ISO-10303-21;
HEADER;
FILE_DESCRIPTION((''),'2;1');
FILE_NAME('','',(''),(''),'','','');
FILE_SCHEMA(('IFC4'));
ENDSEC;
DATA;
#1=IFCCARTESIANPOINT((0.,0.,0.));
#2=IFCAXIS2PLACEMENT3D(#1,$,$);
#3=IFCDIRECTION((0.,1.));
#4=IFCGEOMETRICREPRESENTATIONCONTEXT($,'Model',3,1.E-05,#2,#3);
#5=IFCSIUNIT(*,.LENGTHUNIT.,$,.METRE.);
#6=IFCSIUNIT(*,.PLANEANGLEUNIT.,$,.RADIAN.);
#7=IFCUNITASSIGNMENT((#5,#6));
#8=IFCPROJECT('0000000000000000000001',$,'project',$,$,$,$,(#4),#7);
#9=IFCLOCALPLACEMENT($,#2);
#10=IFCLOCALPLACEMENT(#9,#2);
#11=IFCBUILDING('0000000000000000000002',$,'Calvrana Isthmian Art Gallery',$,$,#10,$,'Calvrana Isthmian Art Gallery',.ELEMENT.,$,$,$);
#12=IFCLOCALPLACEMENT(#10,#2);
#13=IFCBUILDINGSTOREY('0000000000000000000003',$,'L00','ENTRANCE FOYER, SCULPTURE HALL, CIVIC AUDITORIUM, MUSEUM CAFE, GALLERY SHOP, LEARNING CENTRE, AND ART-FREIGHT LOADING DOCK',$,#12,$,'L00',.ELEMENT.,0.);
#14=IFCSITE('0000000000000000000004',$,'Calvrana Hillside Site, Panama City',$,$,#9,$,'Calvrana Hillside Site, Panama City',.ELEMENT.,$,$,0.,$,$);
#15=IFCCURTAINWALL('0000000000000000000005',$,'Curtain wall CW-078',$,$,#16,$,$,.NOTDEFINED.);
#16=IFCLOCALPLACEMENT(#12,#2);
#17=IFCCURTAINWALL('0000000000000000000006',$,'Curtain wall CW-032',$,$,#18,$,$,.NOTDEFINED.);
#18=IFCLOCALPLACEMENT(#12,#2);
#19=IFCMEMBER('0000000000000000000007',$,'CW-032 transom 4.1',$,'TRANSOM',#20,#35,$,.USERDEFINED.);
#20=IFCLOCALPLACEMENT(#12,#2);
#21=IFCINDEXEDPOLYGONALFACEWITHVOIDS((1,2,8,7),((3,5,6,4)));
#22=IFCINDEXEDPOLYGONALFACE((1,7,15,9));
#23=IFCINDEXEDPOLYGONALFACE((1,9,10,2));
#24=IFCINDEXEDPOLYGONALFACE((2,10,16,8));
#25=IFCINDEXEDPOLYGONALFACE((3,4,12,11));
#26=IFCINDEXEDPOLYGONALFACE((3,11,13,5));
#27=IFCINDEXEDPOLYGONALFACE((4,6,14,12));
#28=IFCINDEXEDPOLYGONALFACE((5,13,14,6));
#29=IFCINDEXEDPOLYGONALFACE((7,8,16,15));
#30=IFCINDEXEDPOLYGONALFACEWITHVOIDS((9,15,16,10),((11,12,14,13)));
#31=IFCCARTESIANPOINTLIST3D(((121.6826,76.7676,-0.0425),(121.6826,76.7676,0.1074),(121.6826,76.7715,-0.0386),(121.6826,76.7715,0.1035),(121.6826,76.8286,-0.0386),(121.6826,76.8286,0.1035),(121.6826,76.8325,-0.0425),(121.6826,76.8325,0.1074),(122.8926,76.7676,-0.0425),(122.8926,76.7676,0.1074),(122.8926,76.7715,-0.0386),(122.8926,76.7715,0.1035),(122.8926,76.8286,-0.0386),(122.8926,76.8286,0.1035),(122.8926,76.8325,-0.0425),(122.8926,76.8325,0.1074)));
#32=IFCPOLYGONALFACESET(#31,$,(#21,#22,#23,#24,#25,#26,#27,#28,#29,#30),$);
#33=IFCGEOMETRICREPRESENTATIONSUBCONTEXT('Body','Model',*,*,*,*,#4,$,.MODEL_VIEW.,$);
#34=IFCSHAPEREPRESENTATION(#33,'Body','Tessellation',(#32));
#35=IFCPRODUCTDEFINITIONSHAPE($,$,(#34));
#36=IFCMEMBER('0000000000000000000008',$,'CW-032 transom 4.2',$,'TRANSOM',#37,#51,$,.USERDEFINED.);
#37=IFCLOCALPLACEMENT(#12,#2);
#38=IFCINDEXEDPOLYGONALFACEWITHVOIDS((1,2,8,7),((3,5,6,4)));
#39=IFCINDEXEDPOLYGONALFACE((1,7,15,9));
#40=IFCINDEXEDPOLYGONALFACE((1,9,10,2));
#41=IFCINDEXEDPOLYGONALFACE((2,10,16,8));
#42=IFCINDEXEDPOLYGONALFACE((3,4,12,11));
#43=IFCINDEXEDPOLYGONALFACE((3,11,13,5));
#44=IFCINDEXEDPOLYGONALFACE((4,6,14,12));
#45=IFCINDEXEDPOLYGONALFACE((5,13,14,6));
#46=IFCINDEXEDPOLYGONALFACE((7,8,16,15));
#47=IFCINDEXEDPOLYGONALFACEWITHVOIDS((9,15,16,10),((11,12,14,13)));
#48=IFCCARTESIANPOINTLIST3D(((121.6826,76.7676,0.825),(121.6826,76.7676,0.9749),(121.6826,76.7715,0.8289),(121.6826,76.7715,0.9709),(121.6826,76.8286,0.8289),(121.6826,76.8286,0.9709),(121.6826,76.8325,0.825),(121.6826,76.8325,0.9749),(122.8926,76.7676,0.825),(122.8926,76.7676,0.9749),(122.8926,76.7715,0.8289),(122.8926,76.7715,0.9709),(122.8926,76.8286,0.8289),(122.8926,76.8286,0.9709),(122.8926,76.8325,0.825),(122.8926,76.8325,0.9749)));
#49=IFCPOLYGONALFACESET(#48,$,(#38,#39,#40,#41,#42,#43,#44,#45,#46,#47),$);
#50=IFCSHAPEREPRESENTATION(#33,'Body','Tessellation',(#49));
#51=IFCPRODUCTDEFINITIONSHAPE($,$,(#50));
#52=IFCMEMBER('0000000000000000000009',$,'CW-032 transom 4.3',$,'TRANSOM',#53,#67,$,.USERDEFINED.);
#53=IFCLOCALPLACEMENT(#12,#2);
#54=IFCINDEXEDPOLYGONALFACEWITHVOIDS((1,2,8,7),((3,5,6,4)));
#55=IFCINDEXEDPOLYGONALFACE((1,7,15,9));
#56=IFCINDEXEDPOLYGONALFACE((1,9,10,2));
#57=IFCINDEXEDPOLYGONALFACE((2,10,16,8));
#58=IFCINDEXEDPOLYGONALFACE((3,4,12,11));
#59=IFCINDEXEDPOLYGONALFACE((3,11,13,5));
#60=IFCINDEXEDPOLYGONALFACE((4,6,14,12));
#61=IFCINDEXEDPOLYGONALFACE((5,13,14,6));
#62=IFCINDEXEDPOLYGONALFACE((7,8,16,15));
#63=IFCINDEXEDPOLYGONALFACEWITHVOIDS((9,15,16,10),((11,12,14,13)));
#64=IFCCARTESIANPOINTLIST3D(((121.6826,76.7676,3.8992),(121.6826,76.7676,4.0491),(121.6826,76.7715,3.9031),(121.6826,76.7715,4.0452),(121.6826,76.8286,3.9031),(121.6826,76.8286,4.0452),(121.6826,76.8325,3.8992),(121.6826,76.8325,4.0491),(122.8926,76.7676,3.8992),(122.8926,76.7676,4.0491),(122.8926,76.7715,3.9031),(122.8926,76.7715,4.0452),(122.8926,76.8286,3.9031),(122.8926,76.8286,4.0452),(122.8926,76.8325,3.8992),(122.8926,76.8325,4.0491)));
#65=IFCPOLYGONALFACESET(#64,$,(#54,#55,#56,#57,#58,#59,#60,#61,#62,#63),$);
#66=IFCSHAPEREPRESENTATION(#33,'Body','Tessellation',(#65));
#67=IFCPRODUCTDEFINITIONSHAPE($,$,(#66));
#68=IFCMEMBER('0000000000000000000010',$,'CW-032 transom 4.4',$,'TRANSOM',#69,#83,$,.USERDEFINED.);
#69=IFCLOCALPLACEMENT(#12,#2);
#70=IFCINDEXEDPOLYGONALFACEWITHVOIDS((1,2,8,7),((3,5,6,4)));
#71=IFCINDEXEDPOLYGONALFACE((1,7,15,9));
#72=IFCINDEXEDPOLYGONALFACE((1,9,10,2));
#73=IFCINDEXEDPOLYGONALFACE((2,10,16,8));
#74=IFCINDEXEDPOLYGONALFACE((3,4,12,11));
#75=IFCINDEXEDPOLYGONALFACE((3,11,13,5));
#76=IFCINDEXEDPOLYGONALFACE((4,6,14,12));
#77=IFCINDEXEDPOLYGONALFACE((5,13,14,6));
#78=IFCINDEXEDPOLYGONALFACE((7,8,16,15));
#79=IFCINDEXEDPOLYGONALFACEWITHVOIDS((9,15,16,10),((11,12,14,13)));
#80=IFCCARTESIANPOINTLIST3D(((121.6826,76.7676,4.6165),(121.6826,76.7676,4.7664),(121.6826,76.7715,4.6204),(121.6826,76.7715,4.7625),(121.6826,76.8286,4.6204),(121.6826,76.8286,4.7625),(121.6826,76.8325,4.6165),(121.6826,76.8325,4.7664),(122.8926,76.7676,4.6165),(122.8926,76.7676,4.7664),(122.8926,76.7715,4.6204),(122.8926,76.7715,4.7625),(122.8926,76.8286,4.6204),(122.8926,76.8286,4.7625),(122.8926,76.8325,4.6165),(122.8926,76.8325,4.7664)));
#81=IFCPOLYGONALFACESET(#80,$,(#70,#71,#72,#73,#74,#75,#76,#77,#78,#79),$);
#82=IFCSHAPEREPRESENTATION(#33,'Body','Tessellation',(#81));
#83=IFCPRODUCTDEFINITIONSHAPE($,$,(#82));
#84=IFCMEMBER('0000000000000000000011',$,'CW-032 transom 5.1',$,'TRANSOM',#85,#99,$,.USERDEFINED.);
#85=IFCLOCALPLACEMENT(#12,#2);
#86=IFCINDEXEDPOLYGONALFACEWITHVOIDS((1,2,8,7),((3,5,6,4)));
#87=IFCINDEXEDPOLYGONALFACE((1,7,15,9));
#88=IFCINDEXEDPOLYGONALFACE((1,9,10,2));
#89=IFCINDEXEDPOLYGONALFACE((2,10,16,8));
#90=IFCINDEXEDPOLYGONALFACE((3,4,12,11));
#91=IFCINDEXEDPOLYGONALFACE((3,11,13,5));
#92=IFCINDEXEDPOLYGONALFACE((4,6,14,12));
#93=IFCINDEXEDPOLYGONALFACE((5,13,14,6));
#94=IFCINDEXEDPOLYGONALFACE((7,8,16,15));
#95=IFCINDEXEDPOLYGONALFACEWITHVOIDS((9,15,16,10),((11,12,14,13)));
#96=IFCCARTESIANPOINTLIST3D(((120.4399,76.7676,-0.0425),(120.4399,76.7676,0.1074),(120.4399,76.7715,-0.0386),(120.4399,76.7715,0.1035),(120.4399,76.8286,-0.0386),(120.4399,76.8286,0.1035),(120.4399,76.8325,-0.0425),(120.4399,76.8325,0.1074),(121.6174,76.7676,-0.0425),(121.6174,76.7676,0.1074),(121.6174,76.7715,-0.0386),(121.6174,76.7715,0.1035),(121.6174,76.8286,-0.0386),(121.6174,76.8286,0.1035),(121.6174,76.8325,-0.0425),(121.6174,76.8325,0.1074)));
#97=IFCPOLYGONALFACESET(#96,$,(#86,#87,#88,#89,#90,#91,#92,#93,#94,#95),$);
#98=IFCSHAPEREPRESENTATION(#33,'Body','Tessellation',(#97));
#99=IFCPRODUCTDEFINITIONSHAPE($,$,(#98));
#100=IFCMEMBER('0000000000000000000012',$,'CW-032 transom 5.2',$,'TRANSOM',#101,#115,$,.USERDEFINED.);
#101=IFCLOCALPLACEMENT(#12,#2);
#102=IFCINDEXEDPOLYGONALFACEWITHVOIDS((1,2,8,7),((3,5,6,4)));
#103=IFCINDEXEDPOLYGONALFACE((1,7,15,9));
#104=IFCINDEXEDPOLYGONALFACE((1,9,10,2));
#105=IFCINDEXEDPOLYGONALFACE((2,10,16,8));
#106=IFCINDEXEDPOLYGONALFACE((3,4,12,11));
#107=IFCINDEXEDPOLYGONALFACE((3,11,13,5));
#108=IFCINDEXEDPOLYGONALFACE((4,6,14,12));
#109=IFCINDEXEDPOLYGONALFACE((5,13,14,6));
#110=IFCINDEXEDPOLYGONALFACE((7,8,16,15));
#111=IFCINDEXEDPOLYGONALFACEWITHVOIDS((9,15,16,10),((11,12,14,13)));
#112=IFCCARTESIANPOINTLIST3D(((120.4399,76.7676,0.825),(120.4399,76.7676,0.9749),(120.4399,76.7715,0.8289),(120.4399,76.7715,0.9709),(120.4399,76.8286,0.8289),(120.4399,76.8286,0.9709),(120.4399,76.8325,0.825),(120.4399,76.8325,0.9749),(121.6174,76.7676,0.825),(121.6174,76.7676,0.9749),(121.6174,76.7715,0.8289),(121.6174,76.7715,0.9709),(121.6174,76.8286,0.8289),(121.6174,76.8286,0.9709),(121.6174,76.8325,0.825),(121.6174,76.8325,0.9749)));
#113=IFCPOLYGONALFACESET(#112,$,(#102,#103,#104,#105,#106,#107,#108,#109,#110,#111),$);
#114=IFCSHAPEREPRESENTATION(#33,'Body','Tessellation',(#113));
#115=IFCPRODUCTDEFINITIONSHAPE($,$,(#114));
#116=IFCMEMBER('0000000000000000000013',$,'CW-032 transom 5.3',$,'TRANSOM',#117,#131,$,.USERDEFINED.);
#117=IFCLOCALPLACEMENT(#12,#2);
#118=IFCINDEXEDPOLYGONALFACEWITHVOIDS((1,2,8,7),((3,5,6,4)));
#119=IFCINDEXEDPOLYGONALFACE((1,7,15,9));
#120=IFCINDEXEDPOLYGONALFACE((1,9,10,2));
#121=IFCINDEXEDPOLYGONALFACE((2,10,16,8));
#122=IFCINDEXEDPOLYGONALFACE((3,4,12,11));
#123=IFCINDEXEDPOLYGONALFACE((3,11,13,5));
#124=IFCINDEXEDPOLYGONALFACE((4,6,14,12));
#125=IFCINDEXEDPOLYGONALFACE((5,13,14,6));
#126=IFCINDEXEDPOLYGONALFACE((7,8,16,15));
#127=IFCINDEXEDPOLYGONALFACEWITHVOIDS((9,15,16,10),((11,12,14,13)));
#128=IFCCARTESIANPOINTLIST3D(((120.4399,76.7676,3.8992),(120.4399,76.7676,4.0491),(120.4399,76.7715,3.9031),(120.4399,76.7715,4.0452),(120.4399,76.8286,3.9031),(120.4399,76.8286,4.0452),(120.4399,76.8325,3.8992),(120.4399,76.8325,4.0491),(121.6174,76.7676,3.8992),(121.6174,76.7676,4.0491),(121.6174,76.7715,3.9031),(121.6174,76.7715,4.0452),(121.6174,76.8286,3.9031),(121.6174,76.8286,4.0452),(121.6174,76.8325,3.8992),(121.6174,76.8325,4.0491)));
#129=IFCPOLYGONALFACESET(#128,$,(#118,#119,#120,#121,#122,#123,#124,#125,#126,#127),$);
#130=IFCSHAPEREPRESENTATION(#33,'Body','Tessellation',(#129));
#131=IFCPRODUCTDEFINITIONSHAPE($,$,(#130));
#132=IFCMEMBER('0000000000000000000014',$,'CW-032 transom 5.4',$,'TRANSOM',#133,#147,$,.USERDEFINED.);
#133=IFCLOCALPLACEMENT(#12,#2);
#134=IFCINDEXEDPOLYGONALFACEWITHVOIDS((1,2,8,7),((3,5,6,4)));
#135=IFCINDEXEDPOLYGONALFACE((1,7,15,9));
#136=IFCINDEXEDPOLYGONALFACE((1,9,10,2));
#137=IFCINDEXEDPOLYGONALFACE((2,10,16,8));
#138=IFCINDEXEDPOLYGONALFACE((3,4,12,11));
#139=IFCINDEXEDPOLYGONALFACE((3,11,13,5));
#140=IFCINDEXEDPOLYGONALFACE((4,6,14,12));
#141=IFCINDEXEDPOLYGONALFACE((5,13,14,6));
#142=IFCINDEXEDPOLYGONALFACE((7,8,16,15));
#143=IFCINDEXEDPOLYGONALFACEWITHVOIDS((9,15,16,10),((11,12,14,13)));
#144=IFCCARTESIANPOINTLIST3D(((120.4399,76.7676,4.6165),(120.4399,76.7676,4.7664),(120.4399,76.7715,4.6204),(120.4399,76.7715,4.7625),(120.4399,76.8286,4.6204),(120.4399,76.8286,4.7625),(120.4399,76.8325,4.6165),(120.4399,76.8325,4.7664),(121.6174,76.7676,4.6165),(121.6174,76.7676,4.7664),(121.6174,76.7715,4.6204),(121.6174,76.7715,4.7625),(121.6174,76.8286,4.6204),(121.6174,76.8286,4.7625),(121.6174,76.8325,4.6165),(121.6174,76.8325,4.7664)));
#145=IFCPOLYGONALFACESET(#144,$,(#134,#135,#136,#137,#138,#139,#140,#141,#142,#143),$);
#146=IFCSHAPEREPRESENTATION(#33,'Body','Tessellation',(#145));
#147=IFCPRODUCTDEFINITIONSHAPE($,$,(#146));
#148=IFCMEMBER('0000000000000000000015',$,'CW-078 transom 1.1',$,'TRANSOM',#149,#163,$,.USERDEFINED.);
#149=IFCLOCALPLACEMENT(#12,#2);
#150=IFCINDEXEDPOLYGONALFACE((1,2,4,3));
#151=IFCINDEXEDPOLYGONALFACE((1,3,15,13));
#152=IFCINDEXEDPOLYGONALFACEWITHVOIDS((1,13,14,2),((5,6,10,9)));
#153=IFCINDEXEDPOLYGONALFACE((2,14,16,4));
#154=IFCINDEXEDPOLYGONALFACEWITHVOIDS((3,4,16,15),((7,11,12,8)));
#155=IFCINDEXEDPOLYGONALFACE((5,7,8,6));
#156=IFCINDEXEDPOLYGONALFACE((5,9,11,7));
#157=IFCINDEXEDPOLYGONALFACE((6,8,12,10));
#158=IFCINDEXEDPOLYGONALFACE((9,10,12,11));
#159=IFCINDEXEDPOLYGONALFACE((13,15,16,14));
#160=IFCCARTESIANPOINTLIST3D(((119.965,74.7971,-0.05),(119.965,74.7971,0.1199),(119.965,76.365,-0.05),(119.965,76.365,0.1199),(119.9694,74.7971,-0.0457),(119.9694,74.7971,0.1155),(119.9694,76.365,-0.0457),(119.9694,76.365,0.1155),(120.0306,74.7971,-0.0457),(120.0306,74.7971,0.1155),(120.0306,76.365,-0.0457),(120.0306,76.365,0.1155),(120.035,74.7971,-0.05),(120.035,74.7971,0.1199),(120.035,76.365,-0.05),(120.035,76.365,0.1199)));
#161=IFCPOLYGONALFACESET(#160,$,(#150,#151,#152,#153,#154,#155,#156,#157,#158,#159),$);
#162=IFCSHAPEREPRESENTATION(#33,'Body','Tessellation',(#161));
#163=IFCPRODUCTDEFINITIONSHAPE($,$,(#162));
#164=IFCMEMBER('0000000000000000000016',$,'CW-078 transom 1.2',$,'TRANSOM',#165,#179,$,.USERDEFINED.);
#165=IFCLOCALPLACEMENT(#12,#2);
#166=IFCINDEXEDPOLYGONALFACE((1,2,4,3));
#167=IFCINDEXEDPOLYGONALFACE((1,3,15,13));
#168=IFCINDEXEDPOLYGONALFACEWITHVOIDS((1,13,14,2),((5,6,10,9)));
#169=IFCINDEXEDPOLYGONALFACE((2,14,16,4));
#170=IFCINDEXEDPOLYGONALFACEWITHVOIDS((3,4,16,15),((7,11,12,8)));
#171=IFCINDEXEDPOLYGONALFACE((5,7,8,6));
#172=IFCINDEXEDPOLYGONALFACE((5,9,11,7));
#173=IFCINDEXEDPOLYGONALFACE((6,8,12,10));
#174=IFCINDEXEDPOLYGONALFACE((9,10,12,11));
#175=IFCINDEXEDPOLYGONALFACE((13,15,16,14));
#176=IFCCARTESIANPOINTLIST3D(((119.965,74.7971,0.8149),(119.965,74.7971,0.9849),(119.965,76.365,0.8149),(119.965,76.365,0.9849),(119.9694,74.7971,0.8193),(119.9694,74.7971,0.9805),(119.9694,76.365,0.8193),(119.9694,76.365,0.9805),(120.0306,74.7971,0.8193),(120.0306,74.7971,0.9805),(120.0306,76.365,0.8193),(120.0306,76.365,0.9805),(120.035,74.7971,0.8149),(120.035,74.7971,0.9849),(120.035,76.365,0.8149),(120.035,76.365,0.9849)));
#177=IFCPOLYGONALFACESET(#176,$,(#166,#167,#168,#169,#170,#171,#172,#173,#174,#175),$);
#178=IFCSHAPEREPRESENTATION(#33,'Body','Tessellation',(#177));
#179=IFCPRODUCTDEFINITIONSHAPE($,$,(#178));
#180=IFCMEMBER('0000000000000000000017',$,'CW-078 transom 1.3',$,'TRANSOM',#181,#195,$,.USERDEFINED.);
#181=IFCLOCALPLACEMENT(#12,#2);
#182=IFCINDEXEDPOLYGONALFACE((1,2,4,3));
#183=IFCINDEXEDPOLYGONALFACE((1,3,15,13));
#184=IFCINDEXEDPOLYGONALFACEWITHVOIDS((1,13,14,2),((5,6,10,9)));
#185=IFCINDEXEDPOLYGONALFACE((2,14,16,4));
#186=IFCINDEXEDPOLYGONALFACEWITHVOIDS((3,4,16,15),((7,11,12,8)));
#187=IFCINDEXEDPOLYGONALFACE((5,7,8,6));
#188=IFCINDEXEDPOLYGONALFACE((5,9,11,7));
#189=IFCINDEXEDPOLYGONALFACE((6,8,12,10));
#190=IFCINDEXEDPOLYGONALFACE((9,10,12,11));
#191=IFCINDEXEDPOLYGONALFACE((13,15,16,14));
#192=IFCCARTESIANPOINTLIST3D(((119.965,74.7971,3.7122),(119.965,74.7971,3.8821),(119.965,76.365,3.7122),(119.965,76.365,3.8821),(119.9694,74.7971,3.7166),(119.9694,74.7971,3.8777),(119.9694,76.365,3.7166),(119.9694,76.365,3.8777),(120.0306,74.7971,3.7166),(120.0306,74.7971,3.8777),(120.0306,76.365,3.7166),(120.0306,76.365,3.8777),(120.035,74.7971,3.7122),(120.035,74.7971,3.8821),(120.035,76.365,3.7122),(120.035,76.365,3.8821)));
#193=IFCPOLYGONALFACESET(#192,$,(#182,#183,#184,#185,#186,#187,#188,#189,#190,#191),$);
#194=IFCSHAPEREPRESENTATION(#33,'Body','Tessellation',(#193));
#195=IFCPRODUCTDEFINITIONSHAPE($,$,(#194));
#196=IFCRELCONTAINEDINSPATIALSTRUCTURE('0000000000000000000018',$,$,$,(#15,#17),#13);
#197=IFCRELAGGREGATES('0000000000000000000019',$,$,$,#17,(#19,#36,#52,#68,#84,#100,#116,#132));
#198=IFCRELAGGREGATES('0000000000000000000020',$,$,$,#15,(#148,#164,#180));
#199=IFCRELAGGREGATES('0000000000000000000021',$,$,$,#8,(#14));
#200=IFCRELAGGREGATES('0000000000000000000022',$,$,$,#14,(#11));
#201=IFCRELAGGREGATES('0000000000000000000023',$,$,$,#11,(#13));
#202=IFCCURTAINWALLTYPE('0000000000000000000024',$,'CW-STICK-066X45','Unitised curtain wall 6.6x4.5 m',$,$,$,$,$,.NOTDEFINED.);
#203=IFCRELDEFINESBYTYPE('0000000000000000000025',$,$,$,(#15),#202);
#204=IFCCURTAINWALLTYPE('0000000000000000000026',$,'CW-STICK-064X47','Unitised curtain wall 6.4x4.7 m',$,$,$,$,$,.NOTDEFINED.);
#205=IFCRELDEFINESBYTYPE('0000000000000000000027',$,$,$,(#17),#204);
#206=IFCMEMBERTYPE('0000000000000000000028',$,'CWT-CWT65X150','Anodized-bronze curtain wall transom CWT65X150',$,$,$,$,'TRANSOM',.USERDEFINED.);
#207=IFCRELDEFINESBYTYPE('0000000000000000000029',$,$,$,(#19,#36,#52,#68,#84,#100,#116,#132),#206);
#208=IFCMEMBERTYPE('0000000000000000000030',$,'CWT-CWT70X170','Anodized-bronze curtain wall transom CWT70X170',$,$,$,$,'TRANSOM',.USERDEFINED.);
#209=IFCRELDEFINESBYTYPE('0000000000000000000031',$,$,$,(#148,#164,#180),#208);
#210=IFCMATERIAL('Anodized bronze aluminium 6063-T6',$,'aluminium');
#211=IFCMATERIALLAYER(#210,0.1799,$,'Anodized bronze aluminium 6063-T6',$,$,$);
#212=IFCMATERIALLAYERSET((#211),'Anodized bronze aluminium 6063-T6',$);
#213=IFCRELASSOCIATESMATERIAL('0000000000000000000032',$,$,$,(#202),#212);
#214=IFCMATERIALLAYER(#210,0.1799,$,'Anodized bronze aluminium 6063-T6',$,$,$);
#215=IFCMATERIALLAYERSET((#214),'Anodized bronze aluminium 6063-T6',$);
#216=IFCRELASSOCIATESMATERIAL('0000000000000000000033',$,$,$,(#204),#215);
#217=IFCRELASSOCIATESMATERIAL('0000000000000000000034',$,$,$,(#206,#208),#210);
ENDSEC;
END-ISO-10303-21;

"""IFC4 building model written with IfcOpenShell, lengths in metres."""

from ifc_helpers import new_model, si_unit, direction, frame, origin, origin_2d, place, context, subcontext, project, spatial, hollow_rectangle, extrude, material, layer, layer_set, material_profile, profile_set, type_object, element, aggregate, save


model = new_model("IFC4")

# Units and contexts
model_context = context("Model", 3, precision=1e-05, world=origin(), true_north=direction((0.0, 1.0)))
body_context = subcontext(model_context, "Body", "Model", "MODEL_VIEW")
ifc_project = project(units=[si_unit("LENGTHUNIT", "METRE"), si_unit("PLANEANGLEUNIT", "RADIAN")], contexts=[model_context])

# Site, building, storey
site_placement = place(None, origin())
site = spatial("IfcSite", under=ifc_project, at=site_placement, Name="Calvrana Hillside Site, Panama City", LongName="Calvrana Hillside Site, Panama City", CompositionType="ELEMENT", RefElevation=0.0)
building_placement = place(site_placement, origin())
building = spatial("IfcBuilding", under=site, at=building_placement, Name="Calvrana Isthmian Art Gallery", LongName="Calvrana Isthmian Art Gallery", CompositionType="ELEMENT")
storey_placement = place(building_placement, origin())
storey = spatial("IfcBuildingStorey", under=building, at=storey_placement, Name="L00", Description="ENTRANCE FOYER, SCULPTURE HALL, CIVIC AUDITORIUM, MUSEUM CAFE, GALLERY SHOP, LEARNING CENTRE, AND ART-FREIGHT LOADING DOCK", LongName="L00", CompositionType="ELEMENT", Elevation=0.0)

# Curtain walls, members
ifc_material_1 = material(Name="Anodized bronze aluminium 6063-T6", Category="aluminium")
ifc_layer_1 = layer(ifc_material_1, 0.1799, Name="Anodized bronze aluminium 6063-T6")
ifc_layer_set_1 = layer_set([ifc_layer_1], Name="Anodized bronze aluminium 6063-T6")
curtain_wall_type_1 = type_object("IfcCurtainWallType", Name="CW-STICK-066X45", Description="Unitised curtain wall 6.6x4.5 m", PredefinedType="NOTDEFINED", material=ifc_layer_set_1)
curtain_wall_1_placement = place(storey_placement, origin())
curtain_wall_1 = element("IfcCurtainWall", 1, at=curtain_wall_1_placement, inside=storey, type_object=curtain_wall_type_1, Name="Curtain wall CW-078", PredefinedType="NOTDEFINED")
ifc_layer_2 = layer(ifc_material_1, 0.1799, Name="Anodized bronze aluminium 6063-T6")
ifc_layer_set_2 = layer_set([ifc_layer_2], Name="Anodized bronze aluminium 6063-T6")
curtain_wall_type_2 = type_object("IfcCurtainWallType", Name="CW-STICK-064X47", Description="Unitised curtain wall 6.4x4.7 m", PredefinedType="NOTDEFINED", material=ifc_layer_set_2)
curtain_wall_2_placement = place(storey_placement, origin())
curtain_wall_2 = element("IfcCurtainWall", 2, at=curtain_wall_2_placement, inside=storey, type_object=curtain_wall_type_2, Name="Curtain wall CW-032", PredefinedType="NOTDEFINED")
ifc_material_profile_1 = material_profile(ifc_material_1, hollow_rectangle(XDim=0.0649, YDim=0.1499, WallThickness=0.0039, at=origin_2d()), Name="CWT65X150")
ifc_profile_set_1 = profile_set([ifc_material_profile_1], Name="Anodized bronze aluminium 6063-T6")
member_type_1 = type_object("IfcMemberType", Name="CWT-CWT65X150", Description="Anodized-bronze curtain wall transom CWT65X150", ElementType="TRANSOM", PredefinedType="USERDEFINED", material=ifc_profile_set_1)
member_1_placement = place(storey_placement, frame((122.8926, 76.8, 0.0325), z_axis=(-1.0, 0.0, 0.0), x_axis=(0.0, -1.0, 0.0)))
member_1 = element("IfcMember", 3, at=member_1_placement, type_object=member_type_1, Name="CW-032 transom 4.1", ObjectType="TRANSOM", PredefinedType="USERDEFINED", context=body_context, shape_type="SweptSolid", body=[
    extrude(hollow_rectangle(XDim=0.0649, YDim=0.1499, WallThickness=0.0039, at=origin_2d()), origin(), (0.0, 0.0, 1.0), 1.21),
])
member_2_placement = place(storey_placement, frame((122.8926, 76.8, 0.8999), z_axis=(-1.0, 0.0, 0.0), x_axis=(0.0, -1.0, 0.0)))
member_2 = element("IfcMember", 4, at=member_2_placement, type_object=member_type_1, Name="CW-032 transom 4.2", ObjectType="TRANSOM", PredefinedType="USERDEFINED", context=body_context, shape_type="SweptSolid", body=[
    extrude(hollow_rectangle(XDim=0.0649, YDim=0.1499, WallThickness=0.0039, at=origin_2d()), origin(), (0.0, 0.0, 1.0), 1.21),
])
member_3_placement = place(storey_placement, frame((122.8926, 76.8, 3.9741), z_axis=(-1.0, 0.0, 0.0), x_axis=(0.0, -1.0, 0.0)))
member_3 = element("IfcMember", 5, at=member_3_placement, type_object=member_type_1, Name="CW-032 transom 4.3", ObjectType="TRANSOM", PredefinedType="USERDEFINED", context=body_context, shape_type="SweptSolid", body=[
    extrude(hollow_rectangle(XDim=0.0649, YDim=0.1499, WallThickness=0.0039, at=origin_2d()), origin(), (0.0, 0.0, 1.0), 1.21),
])
member_4_placement = place(storey_placement, frame((122.8926, 76.8, 4.6914), z_axis=(-1.0, 0.0, 0.0), x_axis=(0.0, -1.0, 0.0)))
member_4 = element("IfcMember", 6, at=member_4_placement, type_object=member_type_1, Name="CW-032 transom 4.4", ObjectType="TRANSOM", PredefinedType="USERDEFINED", context=body_context, shape_type="SweptSolid", body=[
    extrude(hollow_rectangle(XDim=0.0649, YDim=0.1499, WallThickness=0.0039, at=origin_2d()), origin(), (0.0, 0.0, 1.0), 1.21),
])
member_5_placement = place(storey_placement, frame((121.6174, 76.8, 0.0325), z_axis=(-1.0, 0.0, 0.0), x_axis=(0.0, -1.0, 0.0)))
member_5 = element("IfcMember", 7, at=member_5_placement, type_object=member_type_1, Name="CW-032 transom 5.1", ObjectType="TRANSOM", PredefinedType="USERDEFINED", context=body_context, shape_type="SweptSolid", body=[
    extrude(hollow_rectangle(XDim=0.0649, YDim=0.1499, WallThickness=0.0039, at=origin_2d()), origin(), (0.0, 0.0, 1.0), 1.1775),
])
member_6_placement = place(storey_placement, frame((121.6174, 76.8, 0.8999), z_axis=(-1.0, 0.0, 0.0), x_axis=(0.0, -1.0, 0.0)))
member_6 = element("IfcMember", 8, at=member_6_placement, type_object=member_type_1, Name="CW-032 transom 5.2", ObjectType="TRANSOM", PredefinedType="USERDEFINED", context=body_context, shape_type="SweptSolid", body=[
    extrude(hollow_rectangle(XDim=0.0649, YDim=0.1499, WallThickness=0.0039, at=origin_2d()), origin(), (0.0, 0.0, 1.0), 1.1775),
])
member_7_placement = place(storey_placement, frame((121.6174, 76.8, 3.9741), z_axis=(-1.0, 0.0, 0.0), x_axis=(0.0, -1.0, 0.0)))
member_7 = element("IfcMember", 9, at=member_7_placement, type_object=member_type_1, Name="CW-032 transom 5.3", ObjectType="TRANSOM", PredefinedType="USERDEFINED", context=body_context, shape_type="SweptSolid", body=[
    extrude(hollow_rectangle(XDim=0.0649, YDim=0.1499, WallThickness=0.0039, at=origin_2d()), origin(), (0.0, 0.0, 1.0), 1.1775),
])
member_8_placement = place(storey_placement, frame((121.6174, 76.8, 4.6914), z_axis=(-1.0, 0.0, 0.0), x_axis=(0.0, -1.0, 0.0)))
member_8 = element("IfcMember", 10, at=member_8_placement, type_object=member_type_1, Name="CW-032 transom 5.4", ObjectType="TRANSOM", PredefinedType="USERDEFINED", context=body_context, shape_type="SweptSolid", body=[
    extrude(hollow_rectangle(XDim=0.0649, YDim=0.1499, WallThickness=0.0039, at=origin_2d()), origin(), (0.0, 0.0, 1.0), 1.1775),
])

# Members
ifc_material_profile_2 = material_profile(ifc_material_1, hollow_rectangle(XDim=0.0701, YDim=0.1699, WallThickness=0.0044, at=origin_2d()), Name="CWT70X170")
ifc_profile_set_2 = profile_set([ifc_material_profile_2], Name="Anodized bronze aluminium 6063-T6")
member_type_2 = type_object("IfcMemberType", Name="CWT-CWT70X170", Description="Anodized-bronze curtain wall transom CWT70X170", ElementType="TRANSOM", PredefinedType="USERDEFINED", material=ifc_profile_set_2)
member_9_placement = place(storey_placement, frame((120.0, 76.365, 0.0349), z_axis=(0.0, -1.0, 0.0), x_axis=(1.0, 0.0, 0.0)))
member_9 = element("IfcMember", 11, at=member_9_placement, type_object=member_type_2, Name="CW-078 transom 1.1", ObjectType="TRANSOM", PredefinedType="USERDEFINED", context=body_context, shape_type="SweptSolid", body=[
    extrude(hollow_rectangle(XDim=0.0701, YDim=0.1699, WallThickness=0.0044, at=origin_2d()), origin(), (0.0, 0.0, 1.0), 1.5679),
])
member_10_placement = place(storey_placement, frame((120.0, 76.365, 0.8999), z_axis=(0.0, -1.0, 0.0), x_axis=(1.0, 0.0, 0.0)))
member_10 = element("IfcMember", 12, at=member_10_placement, type_object=member_type_2, Name="CW-078 transom 1.2", ObjectType="TRANSOM", PredefinedType="USERDEFINED", context=body_context, shape_type="SweptSolid", body=[
    extrude(hollow_rectangle(XDim=0.0701, YDim=0.1699, WallThickness=0.0044, at=origin_2d()), origin(), (0.0, 0.0, 1.0), 1.5679),
])
member_11_placement = place(storey_placement, frame((120.0, 76.365, 3.7971), z_axis=(0.0, -1.0, 0.0), x_axis=(1.0, 0.0, 0.0)))
member_11 = element("IfcMember", 13, at=member_11_placement, type_object=member_type_2, Name="CW-078 transom 1.3", ObjectType="TRANSOM", PredefinedType="USERDEFINED", context=body_context, shape_type="SweptSolid", body=[
    extrude(hollow_rectangle(XDim=0.0701, YDim=0.1699, WallThickness=0.0044, at=origin_2d()), origin(), (0.0, 0.0, 1.0), 1.5679),
])

aggregate(curtain_wall_2, [member_1, member_2, member_3, member_4, member_5, member_6, member_7, member_8])
aggregate(curtain_wall_1, [member_9, member_10, member_11])

save(model, "model.ifc")
